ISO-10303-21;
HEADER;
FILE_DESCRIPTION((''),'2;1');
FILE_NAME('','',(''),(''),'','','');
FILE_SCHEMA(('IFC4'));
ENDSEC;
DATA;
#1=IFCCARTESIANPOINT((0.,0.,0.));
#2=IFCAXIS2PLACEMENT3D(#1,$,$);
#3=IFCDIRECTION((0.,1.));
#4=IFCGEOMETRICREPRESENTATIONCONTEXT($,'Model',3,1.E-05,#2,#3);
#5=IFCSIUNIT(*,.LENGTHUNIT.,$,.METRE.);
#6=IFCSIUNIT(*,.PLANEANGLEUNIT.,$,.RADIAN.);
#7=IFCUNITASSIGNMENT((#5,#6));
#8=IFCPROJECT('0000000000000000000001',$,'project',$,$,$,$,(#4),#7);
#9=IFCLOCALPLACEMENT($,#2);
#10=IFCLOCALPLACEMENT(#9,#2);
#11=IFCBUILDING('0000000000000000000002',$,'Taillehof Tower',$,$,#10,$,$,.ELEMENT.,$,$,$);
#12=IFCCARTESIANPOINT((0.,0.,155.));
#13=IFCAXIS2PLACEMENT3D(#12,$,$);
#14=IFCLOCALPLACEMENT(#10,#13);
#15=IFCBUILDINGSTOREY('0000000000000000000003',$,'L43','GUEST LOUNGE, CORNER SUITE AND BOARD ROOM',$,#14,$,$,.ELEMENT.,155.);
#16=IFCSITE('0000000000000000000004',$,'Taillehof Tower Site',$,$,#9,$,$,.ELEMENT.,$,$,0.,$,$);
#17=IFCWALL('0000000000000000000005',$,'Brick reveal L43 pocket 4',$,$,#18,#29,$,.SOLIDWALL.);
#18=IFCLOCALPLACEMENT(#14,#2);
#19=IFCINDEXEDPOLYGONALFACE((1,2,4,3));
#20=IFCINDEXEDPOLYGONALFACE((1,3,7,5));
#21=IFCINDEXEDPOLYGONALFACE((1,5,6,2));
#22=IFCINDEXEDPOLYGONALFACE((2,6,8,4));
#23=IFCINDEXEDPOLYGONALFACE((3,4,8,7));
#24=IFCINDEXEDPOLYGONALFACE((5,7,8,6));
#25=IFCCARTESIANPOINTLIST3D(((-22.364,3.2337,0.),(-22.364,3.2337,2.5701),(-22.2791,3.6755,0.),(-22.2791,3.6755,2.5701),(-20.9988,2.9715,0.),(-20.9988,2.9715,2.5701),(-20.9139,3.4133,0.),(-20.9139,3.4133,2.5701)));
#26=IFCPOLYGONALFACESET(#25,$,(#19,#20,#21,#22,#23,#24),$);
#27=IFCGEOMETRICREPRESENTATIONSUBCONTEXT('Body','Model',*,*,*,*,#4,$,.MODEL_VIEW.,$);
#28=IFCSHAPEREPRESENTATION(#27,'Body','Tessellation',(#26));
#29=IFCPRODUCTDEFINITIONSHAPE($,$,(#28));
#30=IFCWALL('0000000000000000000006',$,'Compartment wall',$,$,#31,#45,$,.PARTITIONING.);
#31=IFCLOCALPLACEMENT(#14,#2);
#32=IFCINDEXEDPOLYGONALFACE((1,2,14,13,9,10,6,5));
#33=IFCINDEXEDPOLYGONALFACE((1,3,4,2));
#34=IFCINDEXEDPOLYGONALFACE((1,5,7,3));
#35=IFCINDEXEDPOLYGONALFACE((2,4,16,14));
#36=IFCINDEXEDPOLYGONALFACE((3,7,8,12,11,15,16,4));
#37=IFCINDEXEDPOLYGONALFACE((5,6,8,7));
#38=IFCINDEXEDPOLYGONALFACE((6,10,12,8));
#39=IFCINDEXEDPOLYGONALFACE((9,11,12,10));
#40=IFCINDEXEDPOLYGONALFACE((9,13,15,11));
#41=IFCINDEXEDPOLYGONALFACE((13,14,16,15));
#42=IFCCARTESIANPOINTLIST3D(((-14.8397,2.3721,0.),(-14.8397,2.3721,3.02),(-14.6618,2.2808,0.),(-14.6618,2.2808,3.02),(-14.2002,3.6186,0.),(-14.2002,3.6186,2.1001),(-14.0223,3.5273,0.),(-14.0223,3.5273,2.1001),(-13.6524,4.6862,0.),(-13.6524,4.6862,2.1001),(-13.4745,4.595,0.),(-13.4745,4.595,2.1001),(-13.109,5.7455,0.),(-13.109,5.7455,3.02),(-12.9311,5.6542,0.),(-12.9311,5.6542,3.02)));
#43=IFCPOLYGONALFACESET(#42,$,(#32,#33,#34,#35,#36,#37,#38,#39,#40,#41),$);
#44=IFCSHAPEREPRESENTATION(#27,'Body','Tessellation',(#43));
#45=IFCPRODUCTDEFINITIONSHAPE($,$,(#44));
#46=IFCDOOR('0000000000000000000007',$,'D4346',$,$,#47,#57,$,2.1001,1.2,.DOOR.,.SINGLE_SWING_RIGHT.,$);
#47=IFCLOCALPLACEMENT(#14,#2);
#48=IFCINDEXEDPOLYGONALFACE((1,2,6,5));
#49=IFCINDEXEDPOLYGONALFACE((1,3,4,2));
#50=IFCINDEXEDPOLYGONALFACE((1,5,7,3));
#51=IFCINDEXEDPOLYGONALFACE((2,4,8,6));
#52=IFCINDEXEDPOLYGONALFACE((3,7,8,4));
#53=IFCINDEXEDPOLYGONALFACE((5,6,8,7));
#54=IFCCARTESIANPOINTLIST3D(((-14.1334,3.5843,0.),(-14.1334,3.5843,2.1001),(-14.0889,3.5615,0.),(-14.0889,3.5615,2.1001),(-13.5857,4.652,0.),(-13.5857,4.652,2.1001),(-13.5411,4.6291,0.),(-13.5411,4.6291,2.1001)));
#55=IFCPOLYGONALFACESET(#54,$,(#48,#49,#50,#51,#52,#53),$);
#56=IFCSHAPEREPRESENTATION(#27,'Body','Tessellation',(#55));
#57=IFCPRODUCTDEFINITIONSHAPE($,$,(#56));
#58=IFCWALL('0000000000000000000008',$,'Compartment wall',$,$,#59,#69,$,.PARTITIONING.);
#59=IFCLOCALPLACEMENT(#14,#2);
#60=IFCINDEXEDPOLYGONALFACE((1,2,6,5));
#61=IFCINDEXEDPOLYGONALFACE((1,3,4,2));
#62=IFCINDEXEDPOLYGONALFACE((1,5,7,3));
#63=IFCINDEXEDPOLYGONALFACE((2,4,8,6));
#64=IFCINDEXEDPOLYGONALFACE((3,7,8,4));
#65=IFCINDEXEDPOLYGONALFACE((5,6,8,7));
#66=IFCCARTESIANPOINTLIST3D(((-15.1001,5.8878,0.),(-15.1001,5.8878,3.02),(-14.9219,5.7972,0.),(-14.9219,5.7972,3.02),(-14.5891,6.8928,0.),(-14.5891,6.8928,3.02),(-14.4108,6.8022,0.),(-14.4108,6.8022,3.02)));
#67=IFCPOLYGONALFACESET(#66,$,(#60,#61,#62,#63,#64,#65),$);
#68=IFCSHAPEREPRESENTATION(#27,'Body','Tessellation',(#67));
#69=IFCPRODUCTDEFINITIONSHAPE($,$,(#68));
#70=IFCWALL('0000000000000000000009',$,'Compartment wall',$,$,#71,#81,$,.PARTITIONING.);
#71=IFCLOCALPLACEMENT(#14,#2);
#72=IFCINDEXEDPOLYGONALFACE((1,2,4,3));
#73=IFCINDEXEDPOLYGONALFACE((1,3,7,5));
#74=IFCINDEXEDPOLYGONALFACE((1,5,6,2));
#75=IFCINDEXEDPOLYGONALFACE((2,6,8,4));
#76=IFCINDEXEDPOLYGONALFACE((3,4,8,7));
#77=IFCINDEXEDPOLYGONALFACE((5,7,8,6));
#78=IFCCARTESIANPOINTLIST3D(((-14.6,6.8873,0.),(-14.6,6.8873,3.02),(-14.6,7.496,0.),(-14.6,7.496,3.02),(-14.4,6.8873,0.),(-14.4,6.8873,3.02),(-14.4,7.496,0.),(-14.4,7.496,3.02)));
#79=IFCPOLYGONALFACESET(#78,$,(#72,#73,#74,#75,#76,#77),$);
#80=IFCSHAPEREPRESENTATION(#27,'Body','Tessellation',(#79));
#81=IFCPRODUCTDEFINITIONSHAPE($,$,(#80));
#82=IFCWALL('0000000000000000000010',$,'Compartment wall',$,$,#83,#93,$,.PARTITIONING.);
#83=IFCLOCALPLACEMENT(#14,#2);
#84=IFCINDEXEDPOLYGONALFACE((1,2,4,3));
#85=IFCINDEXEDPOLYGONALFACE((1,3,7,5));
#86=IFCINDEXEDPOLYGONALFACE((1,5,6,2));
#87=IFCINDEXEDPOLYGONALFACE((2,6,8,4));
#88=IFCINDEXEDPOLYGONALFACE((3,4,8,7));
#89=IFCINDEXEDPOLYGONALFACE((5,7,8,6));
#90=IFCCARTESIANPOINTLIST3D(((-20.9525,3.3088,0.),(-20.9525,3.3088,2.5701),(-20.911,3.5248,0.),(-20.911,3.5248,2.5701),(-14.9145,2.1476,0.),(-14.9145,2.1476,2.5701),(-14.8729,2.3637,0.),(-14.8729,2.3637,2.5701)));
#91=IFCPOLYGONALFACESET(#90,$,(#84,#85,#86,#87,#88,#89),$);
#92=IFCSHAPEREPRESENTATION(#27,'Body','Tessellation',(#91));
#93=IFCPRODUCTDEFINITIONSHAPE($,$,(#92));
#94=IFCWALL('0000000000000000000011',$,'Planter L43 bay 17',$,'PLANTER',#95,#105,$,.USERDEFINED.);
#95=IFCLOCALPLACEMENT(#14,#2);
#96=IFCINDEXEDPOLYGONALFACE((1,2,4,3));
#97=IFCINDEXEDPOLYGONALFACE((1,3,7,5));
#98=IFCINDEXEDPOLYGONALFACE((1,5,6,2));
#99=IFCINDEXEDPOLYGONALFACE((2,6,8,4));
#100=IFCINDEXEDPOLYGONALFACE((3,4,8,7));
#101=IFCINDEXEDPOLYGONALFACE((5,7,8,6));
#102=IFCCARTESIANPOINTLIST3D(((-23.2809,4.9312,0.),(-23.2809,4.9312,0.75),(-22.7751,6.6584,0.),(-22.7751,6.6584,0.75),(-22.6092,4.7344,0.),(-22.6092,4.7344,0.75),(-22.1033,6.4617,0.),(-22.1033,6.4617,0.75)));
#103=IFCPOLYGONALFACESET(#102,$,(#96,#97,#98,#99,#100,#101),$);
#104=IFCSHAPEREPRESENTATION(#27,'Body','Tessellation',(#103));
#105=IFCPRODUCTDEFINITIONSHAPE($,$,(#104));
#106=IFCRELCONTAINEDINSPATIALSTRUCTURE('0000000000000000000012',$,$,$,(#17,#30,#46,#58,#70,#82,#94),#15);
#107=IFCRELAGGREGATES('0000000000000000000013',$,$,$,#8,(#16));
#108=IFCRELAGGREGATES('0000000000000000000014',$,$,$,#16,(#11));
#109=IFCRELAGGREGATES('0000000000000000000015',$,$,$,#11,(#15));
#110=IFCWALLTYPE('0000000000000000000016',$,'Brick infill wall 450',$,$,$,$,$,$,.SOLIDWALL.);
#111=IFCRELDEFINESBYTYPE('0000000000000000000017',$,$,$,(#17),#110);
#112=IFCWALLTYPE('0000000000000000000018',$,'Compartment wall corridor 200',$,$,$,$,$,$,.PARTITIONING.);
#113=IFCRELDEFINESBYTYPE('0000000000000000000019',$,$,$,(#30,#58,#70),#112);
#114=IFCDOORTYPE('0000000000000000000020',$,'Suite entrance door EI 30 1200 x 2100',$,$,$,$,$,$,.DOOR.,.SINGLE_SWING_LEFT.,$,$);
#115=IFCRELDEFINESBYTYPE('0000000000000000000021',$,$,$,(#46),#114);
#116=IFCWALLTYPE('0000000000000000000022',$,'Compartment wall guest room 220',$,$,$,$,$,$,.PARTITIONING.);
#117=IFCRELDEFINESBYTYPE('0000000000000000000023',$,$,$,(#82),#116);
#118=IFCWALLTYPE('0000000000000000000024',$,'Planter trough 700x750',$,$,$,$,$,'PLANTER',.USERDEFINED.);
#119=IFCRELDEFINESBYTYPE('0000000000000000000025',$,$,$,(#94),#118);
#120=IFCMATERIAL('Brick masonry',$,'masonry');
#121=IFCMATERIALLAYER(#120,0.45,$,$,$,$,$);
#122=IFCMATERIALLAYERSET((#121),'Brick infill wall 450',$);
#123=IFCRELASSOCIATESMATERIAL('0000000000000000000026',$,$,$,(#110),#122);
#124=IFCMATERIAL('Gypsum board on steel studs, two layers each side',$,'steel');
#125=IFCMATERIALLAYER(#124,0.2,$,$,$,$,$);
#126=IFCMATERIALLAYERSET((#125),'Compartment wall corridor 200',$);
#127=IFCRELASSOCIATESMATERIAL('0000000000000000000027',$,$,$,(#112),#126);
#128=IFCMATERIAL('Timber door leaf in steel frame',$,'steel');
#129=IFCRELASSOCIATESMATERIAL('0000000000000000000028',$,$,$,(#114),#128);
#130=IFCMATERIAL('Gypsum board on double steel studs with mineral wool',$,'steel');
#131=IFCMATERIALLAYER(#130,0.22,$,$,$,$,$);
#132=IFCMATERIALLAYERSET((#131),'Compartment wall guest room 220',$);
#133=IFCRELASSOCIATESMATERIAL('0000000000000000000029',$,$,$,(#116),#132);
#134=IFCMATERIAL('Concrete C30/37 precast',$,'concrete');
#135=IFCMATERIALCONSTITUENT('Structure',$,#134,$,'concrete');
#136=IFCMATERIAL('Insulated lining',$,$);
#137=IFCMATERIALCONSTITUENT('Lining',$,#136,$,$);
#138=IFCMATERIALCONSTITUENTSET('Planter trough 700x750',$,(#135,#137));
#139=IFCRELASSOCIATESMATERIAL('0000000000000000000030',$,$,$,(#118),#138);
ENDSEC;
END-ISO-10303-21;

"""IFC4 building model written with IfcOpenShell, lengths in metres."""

from ifc_helpers import new_model, si_unit, direction, frame, frame_2d, origin, place, context, subcontext, project, spatial, rectangle, extrude, material, layer, layer_set, constituent, constituent_set, type_object, element, fill, save


model = new_model("IFC4")

# Units and contexts
model_context = context("Model", 3, precision=1e-05, world=origin(), true_north=direction((0.0, 1.0)))
body_context = subcontext(model_context, "Body", "Model", "MODEL_VIEW")
ifc_project = project(units=[si_unit("LENGTHUNIT", "METRE"), si_unit("PLANEANGLEUNIT", "RADIAN")], contexts=[model_context])

# Site, building, storey
site_placement = place(None, origin())
site = spatial("IfcSite", under=ifc_project, at=site_placement, Name="Taillehof Tower Site", CompositionType="ELEMENT", RefElevation=0.0)
building_placement = place(site_placement, origin())
building = spatial("IfcBuilding", under=site, at=building_placement, Name="Taillehof Tower", CompositionType="ELEMENT")
storey_placement = place(building_placement, frame((0.0, 0.0, 155.0)))
storey = spatial("IfcBuildingStorey", under=building, at=storey_placement, Name="L43", Description="GUEST LOUNGE, CORNER SUITE AND BOARD ROOM", CompositionType="ELEMENT", Elevation=155.0)

# Shared definitions
ifc_material_1 = material(Name="Brick masonry", Category="masonry")
ifc_layer_1 = layer(ifc_material_1, 0.45)
ifc_layer_set_1 = layer_set([ifc_layer_1], Name="Brick infill wall 450")
wall_type_1 = type_object("IfcWallType", Name="Brick infill wall 450", PredefinedType="SOLIDWALL", material=ifc_layer_set_1)

# Wall
wall_1_placement = place(storey_placement, frame((-22.3215, 3.4546, 0.0), z_axis=(0.0, 0.0, 1.0), x_axis=(0.982052, -0.188613, 0.0)))
element("IfcWall", 1, at=wall_1_placement, inside=storey, type_object=wall_type_1, Name="Brick reveal L43 pocket 4", PredefinedType="SOLIDWALL", context=body_context, shape_type="SweptSolid", body=[
    extrude(rectangle(XDim=1.3901, YDim=0.45, at=frame_2d((0.6951, 0.0))), origin(), (0.0, 0.0, 1.0), 2.5701),
])

# Wall, opening, door
ifc_material_2 = material(Name="Gypsum board on steel studs, two layers each side", Category="steel")
ifc_layer_2 = layer(ifc_material_2, 0.2)
ifc_layer_set_2 = layer_set([ifc_layer_2], Name="Compartment wall corridor 200")
wall_type_2 = type_object("IfcWallType", Name="Compartment wall corridor 200", PredefinedType="PARTITIONING", material=ifc_layer_set_2)
wall_2_placement = place(storey_placement, frame((-14.7507, 2.3264, 0.0), z_axis=(0.0, 0.0, 1.0), x_axis=(0.456462, 0.889743, 0.0)))
wall_2 = element("IfcWall", 2, at=wall_2_placement, inside=storey, type_object=wall_type_2, Name="Compartment wall", PredefinedType="PARTITIONING", context=body_context, shape_type="SweptSolid", body=[
    extrude(rectangle(XDim=3.7915, YDim=0.2, at=frame_2d((1.8958, 0.0))), origin(), (0.0, 0.0, 1.0), 3.02),
])
opening_1_placement = place(wall_2_placement, frame((1.4009, 0.0, 0.0)))
opening_1 = element("IfcOpeningElement", 3, at=opening_1_placement, cuts=wall_2, PredefinedType="OPENING", context=body_context, shape_type="SweptSolid", body=[
    extrude(rectangle(XDim=1.2, YDim=2.1001, at=frame_2d((0.6001, 1.05))), frame((0.0, 0.1099, 0.0), z_axis=(0.0, -1.0, 0.0), x_axis=(1.0, 0.0, 0.0)), (0.0, 0.0, 1.0), 0.22),
])
ifc_material_3 = material(Name="Timber door leaf in steel frame", Category="steel")
door_type_1 = type_object("IfcDoorType", Name="Suite entrance door EI 30 1200 x 2100", OperationType="SINGLE_SWING_LEFT", PredefinedType="DOOR", material=ifc_material_3)
door_1_placement = place(opening_1_placement, origin())
door_1 = element("IfcDoor", 4, at=door_1_placement, inside=storey, type_object=door_type_1, Name="D4346", OperationType="SINGLE_SWING_RIGHT", OverallHeight=2.1001, OverallWidth=1.2, PredefinedType="DOOR", context=body_context, shape_type="SweptSolid", body=[
    extrude(rectangle(XDim=1.2, YDim=2.1001, at=frame_2d((0.6001, 1.05))), frame((0.0, 0.0249, 0.0), z_axis=(0.0, -1.0, 0.0), x_axis=(1.0, 0.0, 0.0)), (0.0, 0.0, 1.0), 0.05),
])
fill(opening_1, door_1)

# Walls
wall_3_placement = place(storey_placement, frame((-15.011, 5.8425, 0.0), z_axis=(0.0, 0.0, 1.0), x_axis=(0.453267, 0.891375, 0.0)))
element("IfcWall", 5, at=wall_3_placement, inside=storey, type_object=wall_type_2, Name="Compartment wall", PredefinedType="PARTITIONING", context=body_context, shape_type="SweptSolid", body=[
    extrude(rectangle(XDim=1.1274, YDim=0.2, at=frame_2d((0.5637, 0.0))), origin(), (0.0, 0.0, 1.0), 3.02),
])
wall_4_placement = place(storey_placement, frame((-14.5, 6.8875, 0.0), z_axis=(0.0, 0.0, 1.0), x_axis=(0.0, 1.0, 0.0)))
element("IfcWall", 6, at=wall_4_placement, inside=storey, type_object=wall_type_2, Name="Compartment wall", PredefinedType="PARTITIONING", context=body_context, shape_type="SweptSolid", body=[
    extrude(rectangle(XDim=0.6086, YDim=0.2, at=frame_2d((0.3042, 0.0))), origin(), (0.0, 0.0, 1.0), 3.02),
])
ifc_material_4 = material(Name="Gypsum board on double steel studs with mineral wool", Category="steel")
ifc_layer_3 = layer(ifc_material_4, 0.22)
ifc_layer_set_3 = layer_set([ifc_layer_3], Name="Compartment wall guest room 220")
wall_type_3 = type_object("IfcWallType", Name="Compartment wall guest room 220", PredefinedType="PARTITIONING", material=ifc_layer_set_3)
wall_5_placement = place(storey_placement, frame((-20.9316, 3.4167, 0.0), z_axis=(0.0, 0.0, 1.0), x_axis=(0.982008, -0.188842, 0.0)))
element("IfcWall", 7, at=wall_5_placement, inside=storey, type_object=wall_type_3, Name="Compartment wall", PredefinedType="PARTITIONING", context=body_context, shape_type="SweptSolid", body=[
    extrude(rectangle(XDim=6.1487, YDim=0.22, at=frame_2d((3.0742, 0.0))), origin(), (0.0, 0.0, 1.0), 2.5701),
])
ifc_material_5 = material(Name="Concrete C30/37 precast", Category="concrete")
ifc_constituent_1 = constituent(ifc_material_5, Name="Structure", Category="concrete")
ifc_material_6 = material(Name="Insulated lining")
ifc_constituent_2 = constituent(ifc_material_6, Name="Lining")
ifc_constituent_set = constituent_set(constituents=[ifc_constituent_1, ifc_constituent_2], Name="Planter trough 700x750")
wall_type_4 = type_object("IfcWallType", Name="Planter trough 700x750", ElementType="PLANTER", PredefinedType="USERDEFINED", material=ifc_constituent_set)
wall_6_placement = place(storey_placement, frame((-22.4392, 6.5601, 0.0), z_axis=(0.0, 0.0, 1.0), x_axis=(-0.281057, -0.959691, 0.0)))
element("IfcWall", 8, at=wall_6_placement, inside=storey, type_object=wall_type_4, Name="Planter L43 bay 17", ObjectType="PLANTER", PredefinedType="USERDEFINED", context=body_context, shape_type="SweptSolid", body=[
    extrude(rectangle(XDim=1.7998, YDim=0.7, at=frame_2d((0.8999, 0.0))), origin(), (0.0, 0.0, 1.0), 0.75),
])

save(model, "model.ifc")
